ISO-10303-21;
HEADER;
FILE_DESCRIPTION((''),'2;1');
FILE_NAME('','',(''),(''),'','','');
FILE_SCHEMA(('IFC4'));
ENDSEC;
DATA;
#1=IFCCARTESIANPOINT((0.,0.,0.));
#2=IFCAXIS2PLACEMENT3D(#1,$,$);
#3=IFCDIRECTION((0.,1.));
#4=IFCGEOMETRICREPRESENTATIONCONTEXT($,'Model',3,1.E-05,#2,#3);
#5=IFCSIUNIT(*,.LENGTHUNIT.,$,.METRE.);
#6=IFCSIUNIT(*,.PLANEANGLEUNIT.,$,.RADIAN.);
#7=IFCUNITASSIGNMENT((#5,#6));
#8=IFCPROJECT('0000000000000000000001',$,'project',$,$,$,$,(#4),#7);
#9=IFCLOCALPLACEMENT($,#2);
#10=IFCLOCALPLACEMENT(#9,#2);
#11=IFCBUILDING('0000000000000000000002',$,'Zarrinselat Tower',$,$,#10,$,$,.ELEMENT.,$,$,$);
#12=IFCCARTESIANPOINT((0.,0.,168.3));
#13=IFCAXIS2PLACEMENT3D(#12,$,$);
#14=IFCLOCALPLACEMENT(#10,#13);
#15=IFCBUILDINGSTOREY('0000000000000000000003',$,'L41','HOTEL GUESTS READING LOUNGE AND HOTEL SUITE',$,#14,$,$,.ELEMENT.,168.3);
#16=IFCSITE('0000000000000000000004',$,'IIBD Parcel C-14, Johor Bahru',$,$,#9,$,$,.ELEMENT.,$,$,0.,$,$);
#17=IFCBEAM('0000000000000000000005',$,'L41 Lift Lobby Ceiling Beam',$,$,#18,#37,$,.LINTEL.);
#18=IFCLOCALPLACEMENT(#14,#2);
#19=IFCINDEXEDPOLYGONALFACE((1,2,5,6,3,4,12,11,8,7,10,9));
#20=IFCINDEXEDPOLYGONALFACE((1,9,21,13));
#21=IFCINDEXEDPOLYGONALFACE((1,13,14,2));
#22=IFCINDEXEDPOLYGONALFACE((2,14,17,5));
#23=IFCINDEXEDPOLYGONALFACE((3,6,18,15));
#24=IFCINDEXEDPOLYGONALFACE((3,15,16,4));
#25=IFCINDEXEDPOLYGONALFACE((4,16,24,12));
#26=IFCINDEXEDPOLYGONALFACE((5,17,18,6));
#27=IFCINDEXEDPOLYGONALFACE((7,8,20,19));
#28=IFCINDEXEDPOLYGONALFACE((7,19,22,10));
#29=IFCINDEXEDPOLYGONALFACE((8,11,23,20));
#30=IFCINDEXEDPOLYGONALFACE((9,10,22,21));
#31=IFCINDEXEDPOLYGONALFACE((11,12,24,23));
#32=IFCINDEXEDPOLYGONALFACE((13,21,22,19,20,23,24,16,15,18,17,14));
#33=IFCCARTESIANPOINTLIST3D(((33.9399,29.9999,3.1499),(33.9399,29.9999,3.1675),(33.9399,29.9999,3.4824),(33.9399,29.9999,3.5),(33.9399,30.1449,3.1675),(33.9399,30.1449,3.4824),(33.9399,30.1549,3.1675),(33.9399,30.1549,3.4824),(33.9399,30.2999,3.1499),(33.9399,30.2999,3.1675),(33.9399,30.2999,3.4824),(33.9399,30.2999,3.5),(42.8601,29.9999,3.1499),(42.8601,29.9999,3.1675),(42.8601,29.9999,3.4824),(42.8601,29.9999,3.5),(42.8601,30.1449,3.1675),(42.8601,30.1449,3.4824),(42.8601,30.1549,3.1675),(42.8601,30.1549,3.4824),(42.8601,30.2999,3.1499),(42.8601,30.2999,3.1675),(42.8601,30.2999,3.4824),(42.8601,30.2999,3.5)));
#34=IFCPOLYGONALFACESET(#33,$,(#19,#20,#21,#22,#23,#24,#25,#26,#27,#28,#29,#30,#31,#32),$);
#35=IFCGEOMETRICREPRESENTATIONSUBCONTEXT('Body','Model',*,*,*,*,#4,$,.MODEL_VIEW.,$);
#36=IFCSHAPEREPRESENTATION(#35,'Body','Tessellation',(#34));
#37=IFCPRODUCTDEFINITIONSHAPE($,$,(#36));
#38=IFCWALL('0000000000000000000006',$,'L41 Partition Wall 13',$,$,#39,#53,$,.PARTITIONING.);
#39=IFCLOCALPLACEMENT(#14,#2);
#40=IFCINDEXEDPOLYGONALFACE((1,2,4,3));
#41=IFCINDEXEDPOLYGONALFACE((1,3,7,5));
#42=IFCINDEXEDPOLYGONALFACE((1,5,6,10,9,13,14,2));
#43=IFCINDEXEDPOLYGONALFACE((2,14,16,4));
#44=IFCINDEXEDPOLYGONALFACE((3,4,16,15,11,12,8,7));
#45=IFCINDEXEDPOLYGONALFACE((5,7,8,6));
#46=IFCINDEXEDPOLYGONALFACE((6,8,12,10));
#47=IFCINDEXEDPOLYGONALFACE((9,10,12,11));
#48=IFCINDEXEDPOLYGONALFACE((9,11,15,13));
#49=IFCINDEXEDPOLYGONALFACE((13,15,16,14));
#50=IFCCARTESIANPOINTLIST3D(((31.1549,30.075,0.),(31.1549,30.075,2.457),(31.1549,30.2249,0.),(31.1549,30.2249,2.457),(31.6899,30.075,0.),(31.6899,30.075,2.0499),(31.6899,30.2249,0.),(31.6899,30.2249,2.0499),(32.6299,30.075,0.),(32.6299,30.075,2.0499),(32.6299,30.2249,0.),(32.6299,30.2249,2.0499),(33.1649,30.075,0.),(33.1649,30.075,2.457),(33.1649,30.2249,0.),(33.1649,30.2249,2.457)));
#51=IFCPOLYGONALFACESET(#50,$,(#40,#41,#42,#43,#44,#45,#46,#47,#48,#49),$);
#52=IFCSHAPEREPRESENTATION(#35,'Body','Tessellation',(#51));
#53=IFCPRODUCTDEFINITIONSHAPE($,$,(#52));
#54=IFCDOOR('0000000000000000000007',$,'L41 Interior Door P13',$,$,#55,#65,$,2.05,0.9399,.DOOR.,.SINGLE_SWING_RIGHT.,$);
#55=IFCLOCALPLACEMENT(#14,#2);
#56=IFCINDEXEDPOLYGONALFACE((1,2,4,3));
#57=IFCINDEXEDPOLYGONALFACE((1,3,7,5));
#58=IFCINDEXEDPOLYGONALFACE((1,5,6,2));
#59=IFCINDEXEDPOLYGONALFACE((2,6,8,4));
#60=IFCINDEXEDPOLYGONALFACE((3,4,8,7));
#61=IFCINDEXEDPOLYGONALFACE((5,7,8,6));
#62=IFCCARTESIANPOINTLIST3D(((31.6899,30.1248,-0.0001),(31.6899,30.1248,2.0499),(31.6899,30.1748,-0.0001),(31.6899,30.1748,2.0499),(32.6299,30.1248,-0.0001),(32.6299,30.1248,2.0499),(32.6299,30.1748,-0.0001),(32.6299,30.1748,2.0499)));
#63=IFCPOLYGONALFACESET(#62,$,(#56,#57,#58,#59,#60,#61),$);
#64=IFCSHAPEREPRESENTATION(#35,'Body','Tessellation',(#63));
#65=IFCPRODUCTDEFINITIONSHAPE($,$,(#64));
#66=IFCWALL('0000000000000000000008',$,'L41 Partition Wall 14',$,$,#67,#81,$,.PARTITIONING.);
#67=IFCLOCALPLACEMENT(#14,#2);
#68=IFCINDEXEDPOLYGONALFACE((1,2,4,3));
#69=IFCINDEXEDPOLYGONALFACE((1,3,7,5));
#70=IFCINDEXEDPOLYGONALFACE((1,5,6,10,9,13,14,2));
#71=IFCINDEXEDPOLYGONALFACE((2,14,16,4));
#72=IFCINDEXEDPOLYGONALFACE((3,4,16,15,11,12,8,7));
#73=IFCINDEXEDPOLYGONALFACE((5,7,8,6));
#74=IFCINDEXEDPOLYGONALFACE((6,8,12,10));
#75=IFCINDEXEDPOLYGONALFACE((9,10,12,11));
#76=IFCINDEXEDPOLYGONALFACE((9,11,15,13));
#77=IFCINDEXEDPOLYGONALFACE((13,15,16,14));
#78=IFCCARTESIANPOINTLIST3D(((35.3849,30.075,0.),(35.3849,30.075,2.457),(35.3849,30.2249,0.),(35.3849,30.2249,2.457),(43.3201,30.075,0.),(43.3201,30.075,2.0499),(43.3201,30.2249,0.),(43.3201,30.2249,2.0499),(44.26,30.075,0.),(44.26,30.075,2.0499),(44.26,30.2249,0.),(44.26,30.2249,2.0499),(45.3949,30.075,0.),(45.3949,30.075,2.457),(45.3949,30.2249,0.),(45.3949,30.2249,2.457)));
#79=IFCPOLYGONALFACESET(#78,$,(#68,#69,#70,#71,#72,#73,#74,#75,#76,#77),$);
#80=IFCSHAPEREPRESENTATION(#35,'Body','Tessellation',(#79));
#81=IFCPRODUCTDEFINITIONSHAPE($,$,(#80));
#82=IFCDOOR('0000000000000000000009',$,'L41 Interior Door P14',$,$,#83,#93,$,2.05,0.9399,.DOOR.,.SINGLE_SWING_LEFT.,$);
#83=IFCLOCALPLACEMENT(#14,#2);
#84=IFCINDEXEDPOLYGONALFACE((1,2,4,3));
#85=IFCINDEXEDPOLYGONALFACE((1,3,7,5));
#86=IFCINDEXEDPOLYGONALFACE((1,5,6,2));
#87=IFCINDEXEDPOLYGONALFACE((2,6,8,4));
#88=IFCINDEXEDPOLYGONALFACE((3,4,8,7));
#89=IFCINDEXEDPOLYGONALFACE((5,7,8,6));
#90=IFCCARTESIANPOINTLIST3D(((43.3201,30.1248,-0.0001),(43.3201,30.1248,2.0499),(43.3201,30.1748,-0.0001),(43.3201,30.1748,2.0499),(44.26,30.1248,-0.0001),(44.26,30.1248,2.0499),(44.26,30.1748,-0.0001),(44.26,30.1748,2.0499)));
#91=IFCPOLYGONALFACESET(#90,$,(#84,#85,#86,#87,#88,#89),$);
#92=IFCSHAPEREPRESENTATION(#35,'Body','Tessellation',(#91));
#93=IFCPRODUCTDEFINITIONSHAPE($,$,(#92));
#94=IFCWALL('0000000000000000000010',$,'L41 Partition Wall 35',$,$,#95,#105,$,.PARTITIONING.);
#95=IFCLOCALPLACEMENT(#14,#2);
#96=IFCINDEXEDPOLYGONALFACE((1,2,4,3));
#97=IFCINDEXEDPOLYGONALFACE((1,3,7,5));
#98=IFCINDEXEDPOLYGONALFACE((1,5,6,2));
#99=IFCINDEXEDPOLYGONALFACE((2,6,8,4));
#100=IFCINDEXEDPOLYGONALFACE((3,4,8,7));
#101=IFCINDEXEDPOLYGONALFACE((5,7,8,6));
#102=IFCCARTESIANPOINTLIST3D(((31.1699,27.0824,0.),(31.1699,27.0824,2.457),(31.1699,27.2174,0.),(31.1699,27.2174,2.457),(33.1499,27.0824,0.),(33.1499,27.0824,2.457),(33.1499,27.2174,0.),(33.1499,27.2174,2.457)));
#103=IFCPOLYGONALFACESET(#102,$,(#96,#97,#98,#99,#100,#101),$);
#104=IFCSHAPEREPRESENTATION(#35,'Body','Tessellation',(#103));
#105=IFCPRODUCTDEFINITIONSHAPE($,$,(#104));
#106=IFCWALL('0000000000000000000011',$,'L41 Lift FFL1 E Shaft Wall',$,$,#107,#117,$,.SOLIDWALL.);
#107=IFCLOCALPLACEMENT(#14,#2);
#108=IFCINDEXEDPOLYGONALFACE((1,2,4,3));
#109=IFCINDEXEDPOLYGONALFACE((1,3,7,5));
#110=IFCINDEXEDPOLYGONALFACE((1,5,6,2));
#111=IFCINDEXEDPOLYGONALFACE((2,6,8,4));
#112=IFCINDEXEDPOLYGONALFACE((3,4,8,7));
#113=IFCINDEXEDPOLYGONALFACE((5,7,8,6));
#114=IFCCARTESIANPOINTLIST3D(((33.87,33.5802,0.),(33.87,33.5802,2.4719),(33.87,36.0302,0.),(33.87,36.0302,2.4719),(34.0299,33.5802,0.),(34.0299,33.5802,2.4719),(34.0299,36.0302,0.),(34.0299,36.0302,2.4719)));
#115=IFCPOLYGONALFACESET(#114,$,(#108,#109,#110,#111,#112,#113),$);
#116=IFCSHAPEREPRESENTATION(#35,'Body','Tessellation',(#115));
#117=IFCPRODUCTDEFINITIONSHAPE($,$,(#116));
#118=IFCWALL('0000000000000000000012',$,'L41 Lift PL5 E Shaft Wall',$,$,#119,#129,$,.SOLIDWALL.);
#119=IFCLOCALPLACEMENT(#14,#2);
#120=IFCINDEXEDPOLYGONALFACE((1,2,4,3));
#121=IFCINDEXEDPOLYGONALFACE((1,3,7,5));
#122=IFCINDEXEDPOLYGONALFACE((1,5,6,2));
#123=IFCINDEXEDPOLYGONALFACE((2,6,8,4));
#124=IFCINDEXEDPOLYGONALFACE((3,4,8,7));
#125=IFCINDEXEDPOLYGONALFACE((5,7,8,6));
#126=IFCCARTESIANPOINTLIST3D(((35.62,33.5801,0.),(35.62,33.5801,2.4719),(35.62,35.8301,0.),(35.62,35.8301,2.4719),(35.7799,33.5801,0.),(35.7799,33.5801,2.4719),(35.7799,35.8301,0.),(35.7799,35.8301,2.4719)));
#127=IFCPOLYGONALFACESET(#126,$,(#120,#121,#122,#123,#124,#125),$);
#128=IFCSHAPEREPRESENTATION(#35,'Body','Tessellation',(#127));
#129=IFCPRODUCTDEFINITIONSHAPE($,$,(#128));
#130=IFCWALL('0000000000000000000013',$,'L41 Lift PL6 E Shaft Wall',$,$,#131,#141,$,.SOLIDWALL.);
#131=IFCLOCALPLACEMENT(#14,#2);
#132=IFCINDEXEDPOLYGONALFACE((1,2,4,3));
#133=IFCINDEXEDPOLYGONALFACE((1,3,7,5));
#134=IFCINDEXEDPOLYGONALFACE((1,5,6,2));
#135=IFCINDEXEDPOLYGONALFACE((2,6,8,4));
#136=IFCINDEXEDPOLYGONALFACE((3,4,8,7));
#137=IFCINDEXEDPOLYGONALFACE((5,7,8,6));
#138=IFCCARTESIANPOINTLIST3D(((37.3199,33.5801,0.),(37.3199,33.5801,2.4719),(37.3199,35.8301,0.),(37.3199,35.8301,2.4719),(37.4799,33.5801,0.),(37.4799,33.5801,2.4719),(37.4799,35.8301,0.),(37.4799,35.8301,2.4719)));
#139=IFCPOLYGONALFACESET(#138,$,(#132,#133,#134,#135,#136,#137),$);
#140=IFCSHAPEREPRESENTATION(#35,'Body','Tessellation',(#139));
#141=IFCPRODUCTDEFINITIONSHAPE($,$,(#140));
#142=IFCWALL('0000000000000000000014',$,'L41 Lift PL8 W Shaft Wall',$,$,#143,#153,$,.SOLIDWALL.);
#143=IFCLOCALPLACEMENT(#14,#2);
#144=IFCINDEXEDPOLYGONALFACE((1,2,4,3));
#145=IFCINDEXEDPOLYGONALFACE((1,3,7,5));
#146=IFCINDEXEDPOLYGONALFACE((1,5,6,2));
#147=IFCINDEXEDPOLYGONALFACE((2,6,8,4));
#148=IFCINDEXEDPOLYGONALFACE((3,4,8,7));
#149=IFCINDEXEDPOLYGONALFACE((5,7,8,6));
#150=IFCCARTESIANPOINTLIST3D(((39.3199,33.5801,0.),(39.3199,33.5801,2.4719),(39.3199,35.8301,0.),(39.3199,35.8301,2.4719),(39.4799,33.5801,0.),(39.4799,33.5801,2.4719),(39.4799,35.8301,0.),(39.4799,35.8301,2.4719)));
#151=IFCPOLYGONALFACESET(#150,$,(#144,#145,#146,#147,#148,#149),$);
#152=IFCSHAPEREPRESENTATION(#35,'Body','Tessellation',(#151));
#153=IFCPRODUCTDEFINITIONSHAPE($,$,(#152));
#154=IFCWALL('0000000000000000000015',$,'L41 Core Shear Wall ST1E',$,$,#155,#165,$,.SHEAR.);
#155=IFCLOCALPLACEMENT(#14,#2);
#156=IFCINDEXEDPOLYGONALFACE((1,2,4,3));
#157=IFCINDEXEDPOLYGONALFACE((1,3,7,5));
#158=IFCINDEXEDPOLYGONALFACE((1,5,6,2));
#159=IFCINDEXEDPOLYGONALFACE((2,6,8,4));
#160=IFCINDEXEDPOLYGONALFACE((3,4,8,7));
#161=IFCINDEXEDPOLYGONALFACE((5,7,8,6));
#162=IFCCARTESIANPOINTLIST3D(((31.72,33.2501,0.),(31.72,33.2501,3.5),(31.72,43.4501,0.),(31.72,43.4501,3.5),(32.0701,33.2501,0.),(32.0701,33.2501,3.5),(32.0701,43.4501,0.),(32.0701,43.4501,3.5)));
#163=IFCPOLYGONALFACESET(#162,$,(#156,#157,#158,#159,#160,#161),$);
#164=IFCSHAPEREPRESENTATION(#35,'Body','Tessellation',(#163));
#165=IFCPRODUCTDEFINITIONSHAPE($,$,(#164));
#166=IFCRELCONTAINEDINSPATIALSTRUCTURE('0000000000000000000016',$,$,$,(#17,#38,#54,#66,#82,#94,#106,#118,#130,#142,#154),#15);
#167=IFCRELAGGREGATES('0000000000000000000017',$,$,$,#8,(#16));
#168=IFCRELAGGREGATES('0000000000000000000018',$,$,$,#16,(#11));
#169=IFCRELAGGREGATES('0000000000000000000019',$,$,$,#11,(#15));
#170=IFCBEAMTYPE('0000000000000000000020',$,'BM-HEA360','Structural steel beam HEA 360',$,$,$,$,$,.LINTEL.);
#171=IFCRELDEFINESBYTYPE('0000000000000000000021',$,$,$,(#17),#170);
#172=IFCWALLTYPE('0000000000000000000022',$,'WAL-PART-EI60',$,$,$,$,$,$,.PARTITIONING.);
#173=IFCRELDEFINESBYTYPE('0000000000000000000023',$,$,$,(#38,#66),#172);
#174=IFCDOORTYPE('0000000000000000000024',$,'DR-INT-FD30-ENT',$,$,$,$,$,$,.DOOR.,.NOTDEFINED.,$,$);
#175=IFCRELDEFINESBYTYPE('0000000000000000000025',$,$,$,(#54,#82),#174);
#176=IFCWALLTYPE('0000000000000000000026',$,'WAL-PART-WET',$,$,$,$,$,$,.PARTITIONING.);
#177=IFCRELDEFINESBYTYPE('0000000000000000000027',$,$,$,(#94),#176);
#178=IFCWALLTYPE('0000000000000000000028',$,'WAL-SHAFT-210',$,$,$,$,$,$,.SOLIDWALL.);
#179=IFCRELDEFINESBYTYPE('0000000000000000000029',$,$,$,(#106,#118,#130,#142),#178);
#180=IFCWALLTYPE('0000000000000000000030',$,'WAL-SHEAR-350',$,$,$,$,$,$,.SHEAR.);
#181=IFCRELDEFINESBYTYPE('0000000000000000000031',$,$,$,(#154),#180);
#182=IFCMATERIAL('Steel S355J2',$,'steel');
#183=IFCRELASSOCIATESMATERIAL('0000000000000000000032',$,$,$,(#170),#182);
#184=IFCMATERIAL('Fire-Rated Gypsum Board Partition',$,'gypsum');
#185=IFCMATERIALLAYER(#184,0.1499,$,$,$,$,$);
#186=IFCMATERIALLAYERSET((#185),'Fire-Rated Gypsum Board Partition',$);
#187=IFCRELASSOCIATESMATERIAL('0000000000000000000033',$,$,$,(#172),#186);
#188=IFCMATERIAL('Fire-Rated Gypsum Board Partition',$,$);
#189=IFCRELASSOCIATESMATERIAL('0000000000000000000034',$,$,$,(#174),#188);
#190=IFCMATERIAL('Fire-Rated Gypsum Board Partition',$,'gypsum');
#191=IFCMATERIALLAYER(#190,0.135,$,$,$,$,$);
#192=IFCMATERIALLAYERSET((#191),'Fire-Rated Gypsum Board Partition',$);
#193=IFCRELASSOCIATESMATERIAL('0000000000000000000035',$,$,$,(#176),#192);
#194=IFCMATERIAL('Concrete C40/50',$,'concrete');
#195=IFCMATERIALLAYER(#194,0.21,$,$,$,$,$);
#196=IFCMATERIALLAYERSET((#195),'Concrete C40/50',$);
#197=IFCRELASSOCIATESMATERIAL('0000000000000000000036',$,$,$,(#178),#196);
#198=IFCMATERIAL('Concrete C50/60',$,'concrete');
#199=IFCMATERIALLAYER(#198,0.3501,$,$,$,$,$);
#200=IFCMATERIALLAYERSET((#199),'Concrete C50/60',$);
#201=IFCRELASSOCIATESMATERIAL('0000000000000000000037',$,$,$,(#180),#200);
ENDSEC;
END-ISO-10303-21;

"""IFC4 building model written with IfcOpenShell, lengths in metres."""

from ifc_helpers import new_model, si_unit, direction, frame, frame_2d, origin, origin_2d, place, context, subcontext, project, spatial, rectangle, i_section, extrude, material, layer, layer_set, material_profile, profile_set, type_object, element, fill, save


model = new_model("IFC4")

# Units and contexts
model_context = context("Model", 3, precision=1e-05, world=origin(), true_north=direction((0.0, 1.0)))
body_context = subcontext(model_context, "Body", "Model", "MODEL_VIEW")
ifc_project = project(units=[si_unit("LENGTHUNIT", "METRE"), si_unit("PLANEANGLEUNIT", "RADIAN")], contexts=[model_context])

# Site, building, storey
site_placement = place(None, origin())
site = spatial("IfcSite", under=ifc_project, at=site_placement, Name="IIBD Parcel C-14, Johor Bahru", CompositionType="ELEMENT", RefElevation=0.0)
building_placement = place(site_placement, origin())
building = spatial("IfcBuilding", under=site, at=building_placement, Name="Zarrinselat Tower", CompositionType="ELEMENT")
storey_placement = place(building_placement, frame((0.0, 0.0, 168.3)))
storey = spatial("IfcBuildingStorey", under=building, at=storey_placement, Name="L41", Description="HOTEL GUESTS READING LOUNGE AND HOTEL SUITE", CompositionType="ELEMENT", Elevation=168.3)

# Beam
ifc_material_1 = material(Name="Steel S355J2", Category="steel")
ifc_material_profile = material_profile(ifc_material_1, i_section(OverallWidth=0.3, OverallDepth=0.3501, WebThickness=0.01, FlangeThickness=0.0176, at=origin_2d()), Name="HEA 360")
ifc_profile_set = profile_set([ifc_material_profile], Name="Steel S355J2")
beam_type = type_object("IfcBeamType", Name="BM-HEA360", Description="Structural steel beam HEA 360", PredefinedType="LINTEL", material=ifc_profile_set)
beam_placement = place(storey_placement, frame((33.9399, 30.1499, 3.325), z_axis=(1.0, 0.0, 0.0), x_axis=(0.0, 1.0, 0.0)))
element("IfcBeam", 1, at=beam_placement, inside=storey, type_object=beam_type, Name="L41 Lift Lobby Ceiling Beam", PredefinedType="LINTEL", context=body_context, shape_type="SweptSolid", body=[
    extrude(i_section(OverallWidth=0.3, OverallDepth=0.3501, WebThickness=0.01, FlangeThickness=0.0176, at=origin_2d()), origin(), (0.0, 0.0, 1.0), 8.9202),
])

# Walls, openings, doors
ifc_material_2 = material(Name="Fire-Rated Gypsum Board Partition", Category="gypsum")
ifc_layer_1 = layer(ifc_material_2, 0.1499)
ifc_layer_set_1 = layer_set([ifc_layer_1], Name="Fire-Rated Gypsum Board Partition")
wall_type_1 = type_object("IfcWallType", Name="WAL-PART-EI60", PredefinedType="PARTITIONING", material=ifc_layer_set_1)
wall_1_placement = place(storey_placement, frame((31.155, 30.1499, 0.0), z_axis=(0.0, 0.0, 1.0), x_axis=(1.0, 0.0, 0.0)))
wall_1 = element("IfcWall", 2, at=wall_1_placement, inside=storey, type_object=wall_type_1, Name="L41 Partition Wall 13", PredefinedType="PARTITIONING", context=body_context, shape_type="SweptSolid", body=[
    extrude(rectangle(XDim=2.01, YDim=0.1499, at=frame_2d((1.0049, 0.0))), origin(), (0.0, 0.0, 1.0), 2.457),
])
opening_1_placement = place(wall_1_placement, frame((0.5349, 0.0, 0.0)))
opening_1 = element("IfcOpeningElement", 3, at=opening_1_placement, cuts=wall_1, PredefinedType="OPENING", context=body_context, shape_type="SweptSolid", body=[
    extrude(rectangle(XDim=0.9399, YDim=2.05, at=frame_2d((0.47, 1.0249))), frame((0.0, 0.085, 0.0), z_axis=(0.0, -1.0, 0.0), x_axis=(1.0, 0.0, 0.0)), (0.0, 0.0, 1.0), 0.1699),
])
ifc_material_3 = material(Name="Fire-Rated Gypsum Board Partition")
door_type = type_object("IfcDoorType", Name="DR-INT-FD30-ENT", OperationType="NOTDEFINED", PredefinedType="DOOR", material=ifc_material_3)
door_1_placement = place(opening_1_placement, origin())
door_1 = element("IfcDoor", 4, at=door_1_placement, inside=storey, type_object=door_type, Name="L41 Interior Door P13", OperationType="SINGLE_SWING_RIGHT", OverallHeight=2.05, OverallWidth=0.9399, PredefinedType="DOOR", context=body_context, shape_type="SweptSolid", body=[
    extrude(rectangle(XDim=0.9399, YDim=2.05, at=frame_2d((0.47, 1.0249))), frame((0.0, 0.0249, 0.0), z_axis=(0.0, -1.0, 0.0), x_axis=(1.0, 0.0, 0.0)), (0.0, 0.0, 1.0), 0.05),
])
fill(opening_1, door_1)
wall_2_placement = place(storey_placement, frame((35.385, 30.1499, 0.0), z_axis=(0.0, 0.0, 1.0), x_axis=(1.0, 0.0, 0.0)))
wall_2 = element("IfcWall", 5, at=wall_2_placement, inside=storey, type_object=wall_type_1, Name="L41 Partition Wall 14", PredefinedType="PARTITIONING", context=body_context, shape_type="SweptSolid", body=[
    extrude(rectangle(XDim=10.01, YDim=0.1499, at=frame_2d((5.0049, 0.0))), origin(), (0.0, 0.0, 1.0), 2.457),
])
opening_2_placement = place(wall_2_placement, frame((7.9351, 0.0, 0.0)))
opening_2 = element("IfcOpeningElement", 6, at=opening_2_placement, cuts=wall_2, PredefinedType="OPENING", context=body_context, shape_type="SweptSolid", body=[
    extrude(rectangle(XDim=0.9399, YDim=2.05, at=frame_2d((0.47, 1.0249))), frame((0.0, 0.085, 0.0), z_axis=(0.0, -1.0, 0.0), x_axis=(1.0, 0.0, 0.0)), (0.0, 0.0, 1.0), 0.1699),
])
door_2_placement = place(opening_2_placement, origin())
door_2 = element("IfcDoor", 7, at=door_2_placement, inside=storey, type_object=door_type, Name="L41 Interior Door P14", OperationType="SINGLE_SWING_LEFT", OverallHeight=2.05, OverallWidth=0.9399, PredefinedType="DOOR", context=body_context, shape_type="SweptSolid", body=[
    extrude(rectangle(XDim=0.9399, YDim=2.05, at=frame_2d((0.47, 1.0249))), frame((0.0, 0.0249, 0.0), z_axis=(0.0, -1.0, 0.0), x_axis=(1.0, 0.0, 0.0)), (0.0, 0.0, 1.0), 0.05),
])
fill(opening_2, door_2)

# Walls
ifc_material_4 = material(Name="Fire-Rated Gypsum Board Partition", Category="gypsum")
ifc_layer_2 = layer(ifc_material_4, 0.135)
ifc_layer_set_2 = layer_set([ifc_layer_2], Name="Fire-Rated Gypsum Board Partition")
wall_type_2 = type_object("IfcWallType", Name="WAL-PART-WET", PredefinedType="PARTITIONING", material=ifc_layer_set_2)
wall_3_placement = place(storey_placement, frame((31.1699, 27.1499, 0.0), z_axis=(0.0, 0.0, 1.0), x_axis=(1.0, 0.0, 0.0)))
element("IfcWall", 8, at=wall_3_placement, inside=storey, type_object=wall_type_2, Name="L41 Partition Wall 35", PredefinedType="PARTITIONING", context=body_context, shape_type="SweptSolid", body=[
    extrude(rectangle(XDim=1.98, YDim=0.135, at=frame_2d((0.99, 0.0))), origin(), (0.0, 0.0, 1.0), 2.457),
])
ifc_material_5 = material(Name="Concrete C40/50", Category="concrete")
ifc_layer_3 = layer(ifc_material_5, 0.21)
ifc_layer_set_3 = layer_set([ifc_layer_3], Name="Concrete C40/50")
wall_type_3 = type_object("IfcWallType", Name="WAL-SHAFT-210", PredefinedType="SOLIDWALL", material=ifc_layer_set_3)
wall_4_placement = place(storey_placement, frame((33.95, 33.5801, 0.0), z_axis=(0.0, 0.0, 1.0), x_axis=(0.0, 1.0, 0.0)))
element("IfcWall", 9, at=wall_4_placement, inside=storey, type_object=wall_type_3, Name="L41 Lift FFL1 E Shaft Wall", PredefinedType="SOLIDWALL", context=body_context, shape_type="SweptSolid", body=[
    extrude(rectangle(XDim=2.45, YDim=0.1599, at=frame_2d((1.2251, 0.0))), origin(), (0.0, 0.0, 1.0), 2.4719),
])
for number, where, z_axis, x_axis, name in (
    (10, (35.7, 33.5801, 0.0), (0.0, 0.0, 1.0), (0.0, 1.0, 0.0), "L41 Lift PL5 E Shaft Wall"),
    (11, (37.3999, 33.5801, 0.0), (0.0, 0.0, 1.0), (0.0, 1.0, 0.0), "L41 Lift PL6 E Shaft Wall"),
    (12, (39.3999, 33.5801, 0.0), (0.0, 0.0, 1.0), (0.0, 1.0, 0.0), "L41 Lift PL8 W Shaft Wall"),
):
    element("IfcWall", number, at=place(storey_placement, frame(where, z_axis=z_axis, x_axis=x_axis)), inside=storey, type_object=wall_type_3, Name=name, PredefinedType="SOLIDWALL", context=body_context, shape_type="SweptSolid", body=[
        extrude(rectangle(XDim=2.25, YDim=0.1599, at=frame_2d((1.125, 0.0))), origin(), (0.0, 0.0, 1.0), 2.4719),
    ])
ifc_material_6 = material(Name="Concrete C50/60", Category="concrete")
ifc_layer_4 = layer(ifc_material_6, 0.3501)
ifc_layer_set_4 = layer_set([ifc_layer_4], Name="Concrete C50/60")
wall_type_4 = type_object("IfcWallType", Name="WAL-SHEAR-350", PredefinedType="SHEAR", material=ifc_layer_set_4)
wall_5_placement = place(storey_placement, frame((31.895, 33.25, 0.0), z_axis=(0.0, 0.0, 1.0), x_axis=(0.0, 1.0, 0.0)))
element("IfcWall", 13, at=wall_5_placement, inside=storey, type_object=wall_type_4, Name="L41 Core Shear Wall ST1E", PredefinedType="SHEAR", context=body_context, shape_type="SweptSolid", body=[
    extrude(rectangle(XDim=10.2, YDim=0.3501, at=frame_2d((5.1001, 0.0))), origin(), (0.0, 0.0, 1.0), 3.5),
])

save(model, "model.ifc")
